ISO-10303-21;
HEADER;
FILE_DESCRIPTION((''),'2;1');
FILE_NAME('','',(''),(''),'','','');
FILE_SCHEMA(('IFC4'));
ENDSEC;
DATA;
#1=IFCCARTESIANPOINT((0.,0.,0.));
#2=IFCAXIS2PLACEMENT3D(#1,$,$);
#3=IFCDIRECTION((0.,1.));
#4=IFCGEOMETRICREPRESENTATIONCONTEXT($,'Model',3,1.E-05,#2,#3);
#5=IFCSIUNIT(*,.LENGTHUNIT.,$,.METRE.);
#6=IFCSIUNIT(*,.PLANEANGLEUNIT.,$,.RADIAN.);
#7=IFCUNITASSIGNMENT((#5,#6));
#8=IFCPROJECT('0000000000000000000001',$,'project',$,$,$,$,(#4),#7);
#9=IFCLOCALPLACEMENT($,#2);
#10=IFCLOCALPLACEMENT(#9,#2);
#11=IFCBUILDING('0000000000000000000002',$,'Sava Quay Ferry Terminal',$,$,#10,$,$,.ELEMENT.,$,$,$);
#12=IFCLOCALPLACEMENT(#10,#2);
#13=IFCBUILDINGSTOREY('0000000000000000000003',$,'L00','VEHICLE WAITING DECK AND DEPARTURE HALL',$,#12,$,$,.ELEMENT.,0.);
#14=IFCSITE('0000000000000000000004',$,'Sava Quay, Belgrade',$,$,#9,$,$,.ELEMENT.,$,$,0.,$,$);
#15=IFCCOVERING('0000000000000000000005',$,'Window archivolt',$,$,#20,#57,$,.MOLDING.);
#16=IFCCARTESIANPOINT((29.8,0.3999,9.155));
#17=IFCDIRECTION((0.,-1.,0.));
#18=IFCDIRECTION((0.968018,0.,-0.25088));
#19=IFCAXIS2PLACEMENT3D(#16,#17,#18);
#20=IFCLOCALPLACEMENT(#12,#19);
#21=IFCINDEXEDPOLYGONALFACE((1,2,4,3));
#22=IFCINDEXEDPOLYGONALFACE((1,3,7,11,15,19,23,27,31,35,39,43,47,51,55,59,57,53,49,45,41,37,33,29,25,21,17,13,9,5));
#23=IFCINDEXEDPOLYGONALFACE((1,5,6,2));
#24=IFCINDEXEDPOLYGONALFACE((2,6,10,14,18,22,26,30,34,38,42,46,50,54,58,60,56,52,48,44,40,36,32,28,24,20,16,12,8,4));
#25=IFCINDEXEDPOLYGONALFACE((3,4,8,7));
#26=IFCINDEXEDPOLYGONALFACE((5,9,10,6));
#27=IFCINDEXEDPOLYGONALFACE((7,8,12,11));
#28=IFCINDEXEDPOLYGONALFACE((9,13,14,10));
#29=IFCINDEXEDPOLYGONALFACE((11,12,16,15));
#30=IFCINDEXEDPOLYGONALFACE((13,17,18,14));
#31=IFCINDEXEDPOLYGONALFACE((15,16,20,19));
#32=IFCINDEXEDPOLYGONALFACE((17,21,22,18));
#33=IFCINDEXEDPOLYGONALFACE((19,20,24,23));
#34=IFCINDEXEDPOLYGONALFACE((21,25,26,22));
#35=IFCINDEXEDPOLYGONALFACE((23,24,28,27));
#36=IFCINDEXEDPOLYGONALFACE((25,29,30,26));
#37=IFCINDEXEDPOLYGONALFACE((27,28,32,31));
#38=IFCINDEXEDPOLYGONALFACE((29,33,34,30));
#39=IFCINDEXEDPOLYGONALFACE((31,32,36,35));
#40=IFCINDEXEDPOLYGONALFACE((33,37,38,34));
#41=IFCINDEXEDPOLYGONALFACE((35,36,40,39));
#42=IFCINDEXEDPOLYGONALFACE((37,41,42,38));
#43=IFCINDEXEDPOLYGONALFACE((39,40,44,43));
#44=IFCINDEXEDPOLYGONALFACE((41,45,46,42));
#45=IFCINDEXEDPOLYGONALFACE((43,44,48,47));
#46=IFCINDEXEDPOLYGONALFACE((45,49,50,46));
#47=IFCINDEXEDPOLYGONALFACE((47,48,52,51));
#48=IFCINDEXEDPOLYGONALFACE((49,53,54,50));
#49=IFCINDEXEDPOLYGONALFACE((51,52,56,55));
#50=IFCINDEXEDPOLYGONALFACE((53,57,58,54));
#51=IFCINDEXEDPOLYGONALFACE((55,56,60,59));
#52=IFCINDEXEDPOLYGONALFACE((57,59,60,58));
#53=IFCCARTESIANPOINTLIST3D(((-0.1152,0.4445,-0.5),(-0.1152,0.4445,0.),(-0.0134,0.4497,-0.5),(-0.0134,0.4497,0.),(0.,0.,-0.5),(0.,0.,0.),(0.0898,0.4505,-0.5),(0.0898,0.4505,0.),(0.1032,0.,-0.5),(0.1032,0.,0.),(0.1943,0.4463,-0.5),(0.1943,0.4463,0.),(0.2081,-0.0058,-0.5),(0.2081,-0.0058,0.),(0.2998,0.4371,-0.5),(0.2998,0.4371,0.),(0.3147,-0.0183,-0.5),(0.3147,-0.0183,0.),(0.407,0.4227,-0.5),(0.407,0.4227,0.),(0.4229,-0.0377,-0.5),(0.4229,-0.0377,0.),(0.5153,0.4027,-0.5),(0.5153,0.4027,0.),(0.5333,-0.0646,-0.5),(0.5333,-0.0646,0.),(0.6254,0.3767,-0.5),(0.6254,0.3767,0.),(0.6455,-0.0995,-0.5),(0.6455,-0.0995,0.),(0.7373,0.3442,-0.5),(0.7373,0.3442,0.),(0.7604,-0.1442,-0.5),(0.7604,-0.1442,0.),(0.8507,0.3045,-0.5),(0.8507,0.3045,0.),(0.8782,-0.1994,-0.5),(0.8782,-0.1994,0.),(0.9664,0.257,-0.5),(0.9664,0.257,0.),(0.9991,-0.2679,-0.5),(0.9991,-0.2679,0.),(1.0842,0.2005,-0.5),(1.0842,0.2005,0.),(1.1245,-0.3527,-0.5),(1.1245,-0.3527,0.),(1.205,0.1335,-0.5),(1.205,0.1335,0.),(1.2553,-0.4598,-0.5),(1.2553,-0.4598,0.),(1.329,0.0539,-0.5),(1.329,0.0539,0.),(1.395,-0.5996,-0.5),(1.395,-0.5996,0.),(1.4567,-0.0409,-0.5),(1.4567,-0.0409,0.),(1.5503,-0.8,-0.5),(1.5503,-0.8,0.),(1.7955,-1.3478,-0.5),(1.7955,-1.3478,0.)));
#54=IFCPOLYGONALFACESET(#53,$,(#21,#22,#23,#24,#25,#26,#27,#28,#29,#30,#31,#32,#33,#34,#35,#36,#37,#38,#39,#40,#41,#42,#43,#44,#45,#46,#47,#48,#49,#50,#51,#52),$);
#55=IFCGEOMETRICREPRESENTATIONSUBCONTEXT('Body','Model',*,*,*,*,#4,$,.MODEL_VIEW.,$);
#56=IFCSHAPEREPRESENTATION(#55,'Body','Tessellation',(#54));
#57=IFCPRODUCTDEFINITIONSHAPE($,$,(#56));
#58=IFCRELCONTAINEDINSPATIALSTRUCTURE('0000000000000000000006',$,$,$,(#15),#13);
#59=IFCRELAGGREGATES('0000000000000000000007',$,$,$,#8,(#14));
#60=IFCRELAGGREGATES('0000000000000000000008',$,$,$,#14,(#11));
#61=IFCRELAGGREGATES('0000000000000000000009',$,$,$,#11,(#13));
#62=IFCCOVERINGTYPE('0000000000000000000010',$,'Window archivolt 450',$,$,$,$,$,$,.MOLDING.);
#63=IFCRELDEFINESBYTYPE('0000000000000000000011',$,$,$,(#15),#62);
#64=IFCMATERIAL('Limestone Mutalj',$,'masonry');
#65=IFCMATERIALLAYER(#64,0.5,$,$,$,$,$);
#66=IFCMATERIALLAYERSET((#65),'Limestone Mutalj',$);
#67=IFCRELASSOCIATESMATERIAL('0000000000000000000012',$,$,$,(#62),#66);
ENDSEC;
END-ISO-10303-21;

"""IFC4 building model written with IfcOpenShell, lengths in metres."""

from ifc_helpers import new_model, si_unit, direction, frame, origin, place, context, subcontext, project, spatial, polyline, outline, extrude, material, layer, layer_set, type_object, element, save


model = new_model("IFC4")

# Units and contexts
model_context = context("Model", 3, precision=1e-05, world=origin(), true_north=direction((0.0, 1.0)))
body_context = subcontext(model_context, "Body", "Model", "MODEL_VIEW")
ifc_project = project(units=[si_unit("LENGTHUNIT", "METRE"), si_unit("PLANEANGLEUNIT", "RADIAN")], contexts=[model_context])

# Site, building, storey
site_placement = place(None, origin())
site = spatial("IfcSite", under=ifc_project, at=site_placement, Name="Sava Quay, Belgrade", CompositionType="ELEMENT", RefElevation=0.0)
building_placement = place(site_placement, origin())
building = spatial("IfcBuilding", under=site, at=building_placement, Name="Sava Quay Ferry Terminal", CompositionType="ELEMENT")
storey_placement = place(building_placement, origin())
storey = spatial("IfcBuildingStorey", under=building, at=storey_placement, Name="L00", Description="VEHICLE WAITING DECK AND DEPARTURE HALL", CompositionType="ELEMENT", Elevation=0.0)

# Covering
ifc_material_1 = material(Name="Limestone Mutalj", Category="masonry")
ifc_layer_1 = layer(ifc_material_1, 0.5)
ifc_layer_set_1 = layer_set([ifc_layer_1], Name="Limestone Mutalj")
covering_type_1 = type_object("IfcCoveringType", Name="Window archivolt 450", PredefinedType="MOLDING", material=ifc_layer_set_1)
covering_1_placement = place(storey_placement, frame((29.8, 0.3999, 9.155), z_axis=(0.0, -1.0, 0.0), x_axis=(0.968018, 0.0, -0.25088)))
element("IfcCovering", 1, at=covering_1_placement, inside=storey, type_object=covering_type_1, Name="Window archivolt", PredefinedType="MOLDING", context=body_context, shape_type="SweptSolid", body=[
    extrude(outline(polyline([(0.0, 0.0), (0.1032, 0.0), (0.2081, -0.0058), (0.3147, -0.0183), (0.4229, -0.0377), (0.5333, -0.0646), (0.6455, -0.0995), (0.7604, -0.1442), (0.8782, -0.1994), (0.9991, -0.2679), (1.1245, -0.3527), (1.2553, -0.4598), (1.395, -0.5996), (1.5503, -0.8), (1.7955, -1.3478), (1.4567, -0.0409), (1.329, 0.0539), (1.205, 0.1335), (1.0842, 0.2005), (0.9664, 0.257), (0.8507, 0.3045), (0.7373, 0.3442), (0.6254, 0.3767), (0.5153, 0.4027), (0.407, 0.4227), (0.2998, 0.4371), (0.1943, 0.4463), (0.0898, 0.4505), (-0.0134, 0.4497), (-0.1152, 0.4445), (0.0, 0.0)])), origin(), (0.0, 0.0, -1.0), 0.5),
])

save(model, "model.ifc")
